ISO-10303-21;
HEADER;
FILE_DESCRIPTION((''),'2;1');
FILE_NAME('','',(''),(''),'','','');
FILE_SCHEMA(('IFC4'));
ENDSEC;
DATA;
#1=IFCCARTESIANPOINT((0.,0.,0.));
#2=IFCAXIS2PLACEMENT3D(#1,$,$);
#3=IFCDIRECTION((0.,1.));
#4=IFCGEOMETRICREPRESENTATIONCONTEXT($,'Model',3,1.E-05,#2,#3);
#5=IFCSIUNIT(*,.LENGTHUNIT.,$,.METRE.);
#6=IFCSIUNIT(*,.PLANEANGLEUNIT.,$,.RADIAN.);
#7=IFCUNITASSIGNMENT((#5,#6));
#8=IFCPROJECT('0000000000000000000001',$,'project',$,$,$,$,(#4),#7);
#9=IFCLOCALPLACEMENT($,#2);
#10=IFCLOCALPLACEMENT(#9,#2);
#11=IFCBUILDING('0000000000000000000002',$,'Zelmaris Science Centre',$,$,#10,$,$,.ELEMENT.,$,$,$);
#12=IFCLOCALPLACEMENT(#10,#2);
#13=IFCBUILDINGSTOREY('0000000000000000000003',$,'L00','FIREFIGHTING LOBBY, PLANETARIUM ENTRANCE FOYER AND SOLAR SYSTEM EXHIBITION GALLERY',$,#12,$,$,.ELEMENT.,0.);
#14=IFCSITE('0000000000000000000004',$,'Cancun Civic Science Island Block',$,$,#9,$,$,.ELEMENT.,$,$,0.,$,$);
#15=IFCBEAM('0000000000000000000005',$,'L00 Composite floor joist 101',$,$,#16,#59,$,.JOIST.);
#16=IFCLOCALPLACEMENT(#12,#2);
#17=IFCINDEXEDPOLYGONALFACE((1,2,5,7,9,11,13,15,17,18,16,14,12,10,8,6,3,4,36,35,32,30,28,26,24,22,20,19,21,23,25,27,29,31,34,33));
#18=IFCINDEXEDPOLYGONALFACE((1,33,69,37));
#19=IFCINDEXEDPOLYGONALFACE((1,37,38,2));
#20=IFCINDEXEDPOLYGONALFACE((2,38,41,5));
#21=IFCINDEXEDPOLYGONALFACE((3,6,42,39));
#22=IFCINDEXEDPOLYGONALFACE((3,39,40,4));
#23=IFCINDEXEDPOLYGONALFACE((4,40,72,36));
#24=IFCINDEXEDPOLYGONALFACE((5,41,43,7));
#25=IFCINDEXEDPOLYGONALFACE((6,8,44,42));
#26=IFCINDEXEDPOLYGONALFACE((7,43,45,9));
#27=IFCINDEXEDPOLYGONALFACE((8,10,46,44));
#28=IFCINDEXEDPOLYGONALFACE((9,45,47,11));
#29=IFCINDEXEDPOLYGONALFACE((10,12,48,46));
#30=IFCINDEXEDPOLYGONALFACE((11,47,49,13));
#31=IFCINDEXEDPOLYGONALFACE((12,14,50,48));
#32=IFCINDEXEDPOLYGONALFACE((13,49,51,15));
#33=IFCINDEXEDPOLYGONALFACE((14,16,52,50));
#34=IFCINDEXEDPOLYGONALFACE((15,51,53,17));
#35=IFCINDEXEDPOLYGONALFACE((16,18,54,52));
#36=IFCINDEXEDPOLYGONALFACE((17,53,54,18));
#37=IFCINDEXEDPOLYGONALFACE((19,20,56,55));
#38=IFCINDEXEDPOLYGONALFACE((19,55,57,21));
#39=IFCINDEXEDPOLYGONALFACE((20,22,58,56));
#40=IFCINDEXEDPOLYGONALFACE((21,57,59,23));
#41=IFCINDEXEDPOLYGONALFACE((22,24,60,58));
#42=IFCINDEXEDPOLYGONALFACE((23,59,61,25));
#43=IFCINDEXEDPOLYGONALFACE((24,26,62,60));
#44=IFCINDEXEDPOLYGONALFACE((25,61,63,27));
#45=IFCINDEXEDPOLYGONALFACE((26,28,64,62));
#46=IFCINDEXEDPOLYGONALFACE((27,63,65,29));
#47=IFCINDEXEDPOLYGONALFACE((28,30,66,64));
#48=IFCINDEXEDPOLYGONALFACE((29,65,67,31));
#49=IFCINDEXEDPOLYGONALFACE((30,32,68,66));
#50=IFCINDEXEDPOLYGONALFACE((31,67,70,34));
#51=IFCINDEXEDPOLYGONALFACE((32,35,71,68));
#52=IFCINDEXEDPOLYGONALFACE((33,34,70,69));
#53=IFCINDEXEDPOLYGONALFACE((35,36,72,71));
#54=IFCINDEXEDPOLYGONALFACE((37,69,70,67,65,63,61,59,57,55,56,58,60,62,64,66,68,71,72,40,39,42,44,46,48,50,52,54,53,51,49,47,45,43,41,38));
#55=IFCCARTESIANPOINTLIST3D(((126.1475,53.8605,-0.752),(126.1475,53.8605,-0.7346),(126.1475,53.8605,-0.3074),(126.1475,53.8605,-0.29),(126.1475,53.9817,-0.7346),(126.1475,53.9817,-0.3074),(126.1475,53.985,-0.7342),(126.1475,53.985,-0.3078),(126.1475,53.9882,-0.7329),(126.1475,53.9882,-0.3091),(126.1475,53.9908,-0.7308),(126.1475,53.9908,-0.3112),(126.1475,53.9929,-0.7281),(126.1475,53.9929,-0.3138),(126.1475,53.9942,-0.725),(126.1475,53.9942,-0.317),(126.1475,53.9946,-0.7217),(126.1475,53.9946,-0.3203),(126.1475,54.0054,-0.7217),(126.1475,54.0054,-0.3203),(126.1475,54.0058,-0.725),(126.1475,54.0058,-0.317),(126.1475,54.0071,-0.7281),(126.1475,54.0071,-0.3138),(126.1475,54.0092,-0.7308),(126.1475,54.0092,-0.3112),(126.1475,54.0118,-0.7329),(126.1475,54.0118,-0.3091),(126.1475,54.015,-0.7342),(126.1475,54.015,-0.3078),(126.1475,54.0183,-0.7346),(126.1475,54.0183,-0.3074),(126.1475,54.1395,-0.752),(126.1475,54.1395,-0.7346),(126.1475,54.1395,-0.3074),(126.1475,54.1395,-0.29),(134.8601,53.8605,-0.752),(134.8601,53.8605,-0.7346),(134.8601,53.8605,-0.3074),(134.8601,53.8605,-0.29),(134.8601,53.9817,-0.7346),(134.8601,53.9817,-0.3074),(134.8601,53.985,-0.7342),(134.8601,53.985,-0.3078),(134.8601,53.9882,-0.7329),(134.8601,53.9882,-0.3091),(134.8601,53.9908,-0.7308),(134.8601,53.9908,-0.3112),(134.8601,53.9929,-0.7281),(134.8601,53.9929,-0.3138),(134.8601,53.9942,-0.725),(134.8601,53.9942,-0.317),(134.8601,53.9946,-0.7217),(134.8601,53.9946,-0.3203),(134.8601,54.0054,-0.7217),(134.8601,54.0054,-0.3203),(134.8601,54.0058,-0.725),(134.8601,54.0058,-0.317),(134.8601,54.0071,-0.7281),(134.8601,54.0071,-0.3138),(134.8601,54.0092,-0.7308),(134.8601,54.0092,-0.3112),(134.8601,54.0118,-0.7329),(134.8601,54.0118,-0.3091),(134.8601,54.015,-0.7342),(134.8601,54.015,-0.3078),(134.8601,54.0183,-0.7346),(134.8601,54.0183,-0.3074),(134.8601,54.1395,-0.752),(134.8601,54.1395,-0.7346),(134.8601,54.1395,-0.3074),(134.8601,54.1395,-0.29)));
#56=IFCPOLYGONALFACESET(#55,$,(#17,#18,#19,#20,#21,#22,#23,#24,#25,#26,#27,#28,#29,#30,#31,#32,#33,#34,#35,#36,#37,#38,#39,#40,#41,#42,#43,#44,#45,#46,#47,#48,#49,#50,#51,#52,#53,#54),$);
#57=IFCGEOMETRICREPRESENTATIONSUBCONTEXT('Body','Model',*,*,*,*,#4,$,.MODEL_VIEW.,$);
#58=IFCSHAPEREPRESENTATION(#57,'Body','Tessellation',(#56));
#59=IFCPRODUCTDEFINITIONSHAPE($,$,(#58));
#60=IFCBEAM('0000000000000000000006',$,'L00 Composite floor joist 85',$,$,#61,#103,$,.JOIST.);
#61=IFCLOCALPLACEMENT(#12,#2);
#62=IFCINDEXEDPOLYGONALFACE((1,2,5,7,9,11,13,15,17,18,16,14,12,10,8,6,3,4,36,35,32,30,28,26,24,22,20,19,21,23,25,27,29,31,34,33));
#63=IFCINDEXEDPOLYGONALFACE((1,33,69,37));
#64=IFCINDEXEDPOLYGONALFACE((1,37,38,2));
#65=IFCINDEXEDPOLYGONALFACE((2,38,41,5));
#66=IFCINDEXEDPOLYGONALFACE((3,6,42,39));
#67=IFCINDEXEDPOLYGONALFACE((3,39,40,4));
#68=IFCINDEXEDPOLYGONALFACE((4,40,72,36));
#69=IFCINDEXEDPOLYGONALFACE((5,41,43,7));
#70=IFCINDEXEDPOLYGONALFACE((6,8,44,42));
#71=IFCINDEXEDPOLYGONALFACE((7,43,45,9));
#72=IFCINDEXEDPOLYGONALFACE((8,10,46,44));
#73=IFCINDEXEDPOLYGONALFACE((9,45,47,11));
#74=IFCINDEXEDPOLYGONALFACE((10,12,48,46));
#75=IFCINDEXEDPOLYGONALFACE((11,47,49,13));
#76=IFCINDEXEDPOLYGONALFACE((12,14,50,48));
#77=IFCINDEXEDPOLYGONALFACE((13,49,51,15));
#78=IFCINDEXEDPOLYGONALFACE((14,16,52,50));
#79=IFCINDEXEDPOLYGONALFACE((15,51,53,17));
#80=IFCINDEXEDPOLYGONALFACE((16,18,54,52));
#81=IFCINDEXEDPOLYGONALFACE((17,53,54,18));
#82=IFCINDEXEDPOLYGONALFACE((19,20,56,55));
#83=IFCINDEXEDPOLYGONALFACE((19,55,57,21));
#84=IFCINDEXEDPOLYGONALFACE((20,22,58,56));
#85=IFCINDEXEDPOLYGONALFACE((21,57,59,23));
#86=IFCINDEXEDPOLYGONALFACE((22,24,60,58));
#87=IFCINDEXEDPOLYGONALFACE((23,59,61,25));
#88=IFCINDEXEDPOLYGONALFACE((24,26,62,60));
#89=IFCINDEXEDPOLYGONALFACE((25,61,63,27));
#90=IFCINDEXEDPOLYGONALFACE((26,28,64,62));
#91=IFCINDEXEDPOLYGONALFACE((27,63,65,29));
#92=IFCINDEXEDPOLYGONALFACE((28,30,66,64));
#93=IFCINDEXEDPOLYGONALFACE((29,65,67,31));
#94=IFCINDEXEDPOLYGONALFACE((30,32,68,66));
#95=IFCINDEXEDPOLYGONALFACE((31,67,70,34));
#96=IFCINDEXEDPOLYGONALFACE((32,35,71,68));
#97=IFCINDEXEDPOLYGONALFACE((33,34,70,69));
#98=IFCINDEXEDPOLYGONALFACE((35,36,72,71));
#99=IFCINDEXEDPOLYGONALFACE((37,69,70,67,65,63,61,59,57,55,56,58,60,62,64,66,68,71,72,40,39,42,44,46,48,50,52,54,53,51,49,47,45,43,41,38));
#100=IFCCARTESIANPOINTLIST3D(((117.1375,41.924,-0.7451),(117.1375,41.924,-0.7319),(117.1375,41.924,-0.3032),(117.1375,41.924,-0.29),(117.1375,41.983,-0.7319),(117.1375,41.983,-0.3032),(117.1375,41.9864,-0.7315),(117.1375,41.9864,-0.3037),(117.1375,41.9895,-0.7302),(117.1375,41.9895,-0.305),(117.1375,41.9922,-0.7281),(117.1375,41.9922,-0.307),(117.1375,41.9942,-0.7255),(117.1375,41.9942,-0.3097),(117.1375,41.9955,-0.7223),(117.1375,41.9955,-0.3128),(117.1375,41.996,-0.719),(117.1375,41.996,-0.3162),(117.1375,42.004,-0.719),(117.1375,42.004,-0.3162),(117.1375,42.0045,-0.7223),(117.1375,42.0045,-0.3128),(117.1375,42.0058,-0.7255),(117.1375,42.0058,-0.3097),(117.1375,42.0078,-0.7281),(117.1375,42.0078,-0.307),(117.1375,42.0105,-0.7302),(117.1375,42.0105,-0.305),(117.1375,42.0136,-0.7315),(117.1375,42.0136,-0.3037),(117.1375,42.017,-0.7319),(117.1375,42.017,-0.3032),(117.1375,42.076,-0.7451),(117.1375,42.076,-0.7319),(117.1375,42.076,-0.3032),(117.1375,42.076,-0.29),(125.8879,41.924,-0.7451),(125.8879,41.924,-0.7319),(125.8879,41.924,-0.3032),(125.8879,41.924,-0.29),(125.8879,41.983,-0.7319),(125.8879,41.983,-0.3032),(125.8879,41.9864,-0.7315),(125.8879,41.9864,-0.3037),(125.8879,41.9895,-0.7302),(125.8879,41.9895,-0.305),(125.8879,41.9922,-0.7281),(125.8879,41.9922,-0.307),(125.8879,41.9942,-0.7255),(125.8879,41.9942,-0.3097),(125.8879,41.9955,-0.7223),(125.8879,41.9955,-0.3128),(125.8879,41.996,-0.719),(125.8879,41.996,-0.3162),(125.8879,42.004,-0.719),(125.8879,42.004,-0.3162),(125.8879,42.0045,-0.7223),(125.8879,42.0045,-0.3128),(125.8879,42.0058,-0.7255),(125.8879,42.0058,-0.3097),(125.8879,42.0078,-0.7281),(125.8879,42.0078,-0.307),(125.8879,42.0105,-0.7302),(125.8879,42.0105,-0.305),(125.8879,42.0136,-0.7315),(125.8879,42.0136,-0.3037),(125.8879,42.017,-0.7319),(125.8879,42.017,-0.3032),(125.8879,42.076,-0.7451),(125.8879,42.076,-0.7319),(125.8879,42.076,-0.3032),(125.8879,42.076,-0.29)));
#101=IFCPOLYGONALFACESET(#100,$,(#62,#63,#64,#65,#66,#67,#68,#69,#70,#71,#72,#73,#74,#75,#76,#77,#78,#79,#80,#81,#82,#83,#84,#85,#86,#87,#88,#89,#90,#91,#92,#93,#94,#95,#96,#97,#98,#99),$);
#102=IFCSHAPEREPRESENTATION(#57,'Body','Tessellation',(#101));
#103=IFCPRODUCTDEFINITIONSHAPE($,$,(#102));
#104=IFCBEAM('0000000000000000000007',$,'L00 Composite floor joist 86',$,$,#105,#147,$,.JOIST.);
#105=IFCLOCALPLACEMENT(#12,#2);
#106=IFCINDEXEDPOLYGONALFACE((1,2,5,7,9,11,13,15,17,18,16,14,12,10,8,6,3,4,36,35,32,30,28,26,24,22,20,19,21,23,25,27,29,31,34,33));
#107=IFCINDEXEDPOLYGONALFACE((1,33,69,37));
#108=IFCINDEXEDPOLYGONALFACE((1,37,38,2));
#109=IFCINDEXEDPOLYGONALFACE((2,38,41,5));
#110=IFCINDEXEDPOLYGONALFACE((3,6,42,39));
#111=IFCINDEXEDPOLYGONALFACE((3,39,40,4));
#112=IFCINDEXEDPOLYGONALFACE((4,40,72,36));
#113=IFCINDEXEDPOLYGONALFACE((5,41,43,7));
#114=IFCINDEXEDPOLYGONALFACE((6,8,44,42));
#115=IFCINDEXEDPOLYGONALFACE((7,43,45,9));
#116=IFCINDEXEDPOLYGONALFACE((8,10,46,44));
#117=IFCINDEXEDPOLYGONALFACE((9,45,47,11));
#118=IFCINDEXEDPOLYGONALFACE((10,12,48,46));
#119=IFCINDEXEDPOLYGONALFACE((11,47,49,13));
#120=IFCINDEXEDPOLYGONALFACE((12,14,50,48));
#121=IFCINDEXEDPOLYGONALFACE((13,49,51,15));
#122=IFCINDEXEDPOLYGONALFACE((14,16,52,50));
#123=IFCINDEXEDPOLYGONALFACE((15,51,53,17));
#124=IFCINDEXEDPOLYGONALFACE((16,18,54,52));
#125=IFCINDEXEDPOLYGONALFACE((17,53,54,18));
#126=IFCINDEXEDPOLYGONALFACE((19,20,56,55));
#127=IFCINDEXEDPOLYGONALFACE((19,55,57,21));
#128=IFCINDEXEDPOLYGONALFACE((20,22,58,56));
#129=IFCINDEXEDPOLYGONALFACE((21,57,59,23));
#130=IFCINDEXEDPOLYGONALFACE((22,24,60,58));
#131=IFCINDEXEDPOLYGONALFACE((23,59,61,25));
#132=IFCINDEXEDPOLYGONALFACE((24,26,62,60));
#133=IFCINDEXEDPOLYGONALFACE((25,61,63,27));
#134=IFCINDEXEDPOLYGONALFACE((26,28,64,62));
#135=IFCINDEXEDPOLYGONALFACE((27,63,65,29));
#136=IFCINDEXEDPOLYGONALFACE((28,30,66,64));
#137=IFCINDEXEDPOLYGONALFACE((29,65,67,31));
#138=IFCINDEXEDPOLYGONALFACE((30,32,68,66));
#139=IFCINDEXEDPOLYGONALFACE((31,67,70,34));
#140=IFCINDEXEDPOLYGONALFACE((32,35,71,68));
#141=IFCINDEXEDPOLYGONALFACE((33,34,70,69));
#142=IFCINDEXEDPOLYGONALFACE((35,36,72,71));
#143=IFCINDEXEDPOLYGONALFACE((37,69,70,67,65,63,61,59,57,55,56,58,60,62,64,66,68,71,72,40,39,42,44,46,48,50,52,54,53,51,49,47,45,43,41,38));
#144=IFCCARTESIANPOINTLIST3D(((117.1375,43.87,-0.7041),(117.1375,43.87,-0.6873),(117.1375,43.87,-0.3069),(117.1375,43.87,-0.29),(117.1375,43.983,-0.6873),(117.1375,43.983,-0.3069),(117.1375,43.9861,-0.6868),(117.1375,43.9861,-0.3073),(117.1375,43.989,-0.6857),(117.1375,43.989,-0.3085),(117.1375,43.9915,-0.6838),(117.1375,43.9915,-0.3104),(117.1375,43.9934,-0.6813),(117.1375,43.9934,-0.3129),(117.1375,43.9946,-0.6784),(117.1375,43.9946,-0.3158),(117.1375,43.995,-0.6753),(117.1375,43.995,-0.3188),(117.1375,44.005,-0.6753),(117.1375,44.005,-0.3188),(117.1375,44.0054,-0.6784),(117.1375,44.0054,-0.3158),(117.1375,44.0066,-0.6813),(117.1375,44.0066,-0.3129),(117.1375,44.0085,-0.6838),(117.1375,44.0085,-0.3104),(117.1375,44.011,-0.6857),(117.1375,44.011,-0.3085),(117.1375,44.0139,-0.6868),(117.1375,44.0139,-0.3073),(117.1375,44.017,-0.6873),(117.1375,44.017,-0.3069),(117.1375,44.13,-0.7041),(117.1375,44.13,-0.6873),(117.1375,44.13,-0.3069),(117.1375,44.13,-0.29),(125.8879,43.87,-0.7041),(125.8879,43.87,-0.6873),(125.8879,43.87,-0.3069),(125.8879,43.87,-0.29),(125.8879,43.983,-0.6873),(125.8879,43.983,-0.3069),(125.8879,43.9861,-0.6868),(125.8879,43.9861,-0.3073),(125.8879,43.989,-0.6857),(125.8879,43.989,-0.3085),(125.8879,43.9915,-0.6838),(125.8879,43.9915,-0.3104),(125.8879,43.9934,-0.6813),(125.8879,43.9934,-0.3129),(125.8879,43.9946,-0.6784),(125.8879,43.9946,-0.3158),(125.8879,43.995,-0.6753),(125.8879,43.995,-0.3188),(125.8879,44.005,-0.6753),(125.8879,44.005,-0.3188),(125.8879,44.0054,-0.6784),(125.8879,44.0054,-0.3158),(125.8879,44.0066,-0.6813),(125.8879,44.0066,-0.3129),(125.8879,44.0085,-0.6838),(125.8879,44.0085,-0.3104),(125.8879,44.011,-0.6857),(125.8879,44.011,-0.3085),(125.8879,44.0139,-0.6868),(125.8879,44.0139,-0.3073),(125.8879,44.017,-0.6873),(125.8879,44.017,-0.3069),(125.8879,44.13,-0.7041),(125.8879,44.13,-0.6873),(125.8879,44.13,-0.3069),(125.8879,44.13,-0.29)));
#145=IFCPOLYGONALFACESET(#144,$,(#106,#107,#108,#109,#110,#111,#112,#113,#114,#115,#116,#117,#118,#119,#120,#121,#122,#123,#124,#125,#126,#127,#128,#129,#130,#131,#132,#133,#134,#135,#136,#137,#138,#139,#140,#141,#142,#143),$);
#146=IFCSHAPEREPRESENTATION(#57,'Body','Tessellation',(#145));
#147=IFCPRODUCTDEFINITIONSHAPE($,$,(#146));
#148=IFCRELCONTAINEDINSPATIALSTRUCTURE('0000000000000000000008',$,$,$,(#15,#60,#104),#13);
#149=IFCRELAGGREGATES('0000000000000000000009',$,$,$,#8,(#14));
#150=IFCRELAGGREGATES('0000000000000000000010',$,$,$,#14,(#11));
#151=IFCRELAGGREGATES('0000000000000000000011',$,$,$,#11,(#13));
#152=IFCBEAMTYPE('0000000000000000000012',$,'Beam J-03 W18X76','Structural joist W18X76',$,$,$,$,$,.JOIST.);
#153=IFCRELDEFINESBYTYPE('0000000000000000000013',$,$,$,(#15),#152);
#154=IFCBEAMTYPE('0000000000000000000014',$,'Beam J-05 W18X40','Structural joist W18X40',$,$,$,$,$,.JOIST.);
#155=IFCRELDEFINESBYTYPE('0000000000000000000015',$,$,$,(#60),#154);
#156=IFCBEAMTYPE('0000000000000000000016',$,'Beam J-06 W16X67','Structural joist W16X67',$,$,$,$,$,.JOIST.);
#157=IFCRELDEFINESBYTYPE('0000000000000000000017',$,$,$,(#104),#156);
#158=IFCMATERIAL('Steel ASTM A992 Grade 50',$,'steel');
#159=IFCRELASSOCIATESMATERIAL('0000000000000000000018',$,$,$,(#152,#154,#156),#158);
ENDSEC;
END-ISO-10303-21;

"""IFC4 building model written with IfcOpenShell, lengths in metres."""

from ifc_helpers import new_model, si_unit, direction, frame, origin, origin_2d, place, context, subcontext, project, spatial, i_section, extrude, material, material_profile, profile_set, type_object, element, save


model = new_model("IFC4")

# Units and contexts
model_context = context("Model", 3, precision=1e-05, world=origin(), true_north=direction((0.0, 1.0)))
body_context = subcontext(model_context, "Body", "Model", "MODEL_VIEW")
ifc_project = project(units=[si_unit("LENGTHUNIT", "METRE"), si_unit("PLANEANGLEUNIT", "RADIAN")], contexts=[model_context])

# Site, building, storey
site_placement = place(None, origin())
site = spatial("IfcSite", under=ifc_project, at=site_placement, Name="Cancun Civic Science Island Block", CompositionType="ELEMENT", RefElevation=0.0)
building_placement = place(site_placement, origin())
building = spatial("IfcBuilding", under=site, at=building_placement, Name="Zelmaris Science Centre", CompositionType="ELEMENT")
storey_placement = place(building_placement, origin())
storey = spatial("IfcBuildingStorey", under=building, at=storey_placement, Name="L00", Description="FIREFIGHTING LOBBY, PLANETARIUM ENTRANCE FOYER AND SOLAR SYSTEM EXHIBITION GALLERY", CompositionType="ELEMENT", Elevation=0.0)

# Shared definitions
ifc_material_1 = material(Name="Steel ASTM A992 Grade 50", Category="steel")

# Beams
ifc_material_profile_1 = material_profile(ifc_material_1, i_section(OverallWidth=0.2791, OverallDepth=0.4619, WebThickness=0.0107, FlangeThickness=0.0173, FilletRadius=0.0129, at=origin_2d()), Name="W18X76")
ifc_profile_set_1 = profile_set([ifc_material_profile_1], Name="Steel ASTM A992 Grade 50")
beam_type_1 = type_object("IfcBeamType", Name="Beam J-03 W18X76", Description="Structural joist W18X76", PredefinedType="JOIST", material=ifc_profile_set_1)
beam_1_placement = place(storey_placement, frame((126.1475, 54.0, -0.521), z_axis=(1.0, 0.0, 0.0), x_axis=(0.0, 1.0, 0.0)))
element("IfcBeam", 1, at=beam_1_placement, inside=storey, type_object=beam_type_1, Name="L00 Composite floor joist 101", PredefinedType="JOIST", context=body_context, shape_type="SweptSolid", body=[
    extrude(i_section(OverallWidth=0.2791, OverallDepth=0.4619, WebThickness=0.0107, FlangeThickness=0.0173, FilletRadius=0.0129, at=origin_2d()), origin(), (0.0, 0.0, 1.0), 8.7126),
])
ifc_material_profile_2 = material_profile(ifc_material_1, i_section(OverallWidth=0.1521, OverallDepth=0.4551, WebThickness=0.0081, FlangeThickness=0.0132, FilletRadius=0.0129, at=origin_2d()), Name="W18X40")
ifc_profile_set_2 = profile_set([ifc_material_profile_2], Name="Steel ASTM A992 Grade 50")
beam_type_2 = type_object("IfcBeamType", Name="Beam J-05 W18X40", Description="Structural joist W18X40", PredefinedType="JOIST", material=ifc_profile_set_2)
beam_2_placement = place(storey_placement, frame((117.1375, 42.0, -0.5176), z_axis=(1.0, 0.0, 0.0), x_axis=(0.0, 1.0, 0.0)))
element("IfcBeam", 2, at=beam_2_placement, inside=storey, type_object=beam_type_2, Name="L00 Composite floor joist 85", PredefinedType="JOIST", context=body_context, shape_type="SweptSolid", body=[
    extrude(i_section(OverallWidth=0.1521, OverallDepth=0.4551, WebThickness=0.0081, FlangeThickness=0.0132, FilletRadius=0.0129, at=origin_2d()), origin(), (0.0, 0.0, 1.0), 8.7505),
])
ifc_material_profile_3 = material_profile(ifc_material_1, i_section(OverallWidth=0.26, OverallDepth=0.4141, WebThickness=0.01, FlangeThickness=0.0168, FilletRadius=0.012, at=origin_2d()), Name="W16X67")
ifc_profile_set_3 = profile_set([ifc_material_profile_3], Name="Steel ASTM A992 Grade 50")
beam_type_3 = type_object("IfcBeamType", Name="Beam J-06 W16X67", Description="Structural joist W16X67", PredefinedType="JOIST", material=ifc_profile_set_3)
beam_3_placement = place(storey_placement, frame((117.1375, 44.0, -0.4971), z_axis=(1.0, 0.0, 0.0), x_axis=(0.0, 1.0, 0.0)))
element("IfcBeam", 3, at=beam_3_placement, inside=storey, type_object=beam_type_3, Name="L00 Composite floor joist 86", PredefinedType="JOIST", context=body_context, shape_type="SweptSolid", body=[
    extrude(i_section(OverallWidth=0.26, OverallDepth=0.4141, WebThickness=0.01, FlangeThickness=0.0168, FilletRadius=0.012, at=origin_2d()), origin(), (0.0, 0.0, 1.0), 8.7505),
])

save(model, "model.ifc")
